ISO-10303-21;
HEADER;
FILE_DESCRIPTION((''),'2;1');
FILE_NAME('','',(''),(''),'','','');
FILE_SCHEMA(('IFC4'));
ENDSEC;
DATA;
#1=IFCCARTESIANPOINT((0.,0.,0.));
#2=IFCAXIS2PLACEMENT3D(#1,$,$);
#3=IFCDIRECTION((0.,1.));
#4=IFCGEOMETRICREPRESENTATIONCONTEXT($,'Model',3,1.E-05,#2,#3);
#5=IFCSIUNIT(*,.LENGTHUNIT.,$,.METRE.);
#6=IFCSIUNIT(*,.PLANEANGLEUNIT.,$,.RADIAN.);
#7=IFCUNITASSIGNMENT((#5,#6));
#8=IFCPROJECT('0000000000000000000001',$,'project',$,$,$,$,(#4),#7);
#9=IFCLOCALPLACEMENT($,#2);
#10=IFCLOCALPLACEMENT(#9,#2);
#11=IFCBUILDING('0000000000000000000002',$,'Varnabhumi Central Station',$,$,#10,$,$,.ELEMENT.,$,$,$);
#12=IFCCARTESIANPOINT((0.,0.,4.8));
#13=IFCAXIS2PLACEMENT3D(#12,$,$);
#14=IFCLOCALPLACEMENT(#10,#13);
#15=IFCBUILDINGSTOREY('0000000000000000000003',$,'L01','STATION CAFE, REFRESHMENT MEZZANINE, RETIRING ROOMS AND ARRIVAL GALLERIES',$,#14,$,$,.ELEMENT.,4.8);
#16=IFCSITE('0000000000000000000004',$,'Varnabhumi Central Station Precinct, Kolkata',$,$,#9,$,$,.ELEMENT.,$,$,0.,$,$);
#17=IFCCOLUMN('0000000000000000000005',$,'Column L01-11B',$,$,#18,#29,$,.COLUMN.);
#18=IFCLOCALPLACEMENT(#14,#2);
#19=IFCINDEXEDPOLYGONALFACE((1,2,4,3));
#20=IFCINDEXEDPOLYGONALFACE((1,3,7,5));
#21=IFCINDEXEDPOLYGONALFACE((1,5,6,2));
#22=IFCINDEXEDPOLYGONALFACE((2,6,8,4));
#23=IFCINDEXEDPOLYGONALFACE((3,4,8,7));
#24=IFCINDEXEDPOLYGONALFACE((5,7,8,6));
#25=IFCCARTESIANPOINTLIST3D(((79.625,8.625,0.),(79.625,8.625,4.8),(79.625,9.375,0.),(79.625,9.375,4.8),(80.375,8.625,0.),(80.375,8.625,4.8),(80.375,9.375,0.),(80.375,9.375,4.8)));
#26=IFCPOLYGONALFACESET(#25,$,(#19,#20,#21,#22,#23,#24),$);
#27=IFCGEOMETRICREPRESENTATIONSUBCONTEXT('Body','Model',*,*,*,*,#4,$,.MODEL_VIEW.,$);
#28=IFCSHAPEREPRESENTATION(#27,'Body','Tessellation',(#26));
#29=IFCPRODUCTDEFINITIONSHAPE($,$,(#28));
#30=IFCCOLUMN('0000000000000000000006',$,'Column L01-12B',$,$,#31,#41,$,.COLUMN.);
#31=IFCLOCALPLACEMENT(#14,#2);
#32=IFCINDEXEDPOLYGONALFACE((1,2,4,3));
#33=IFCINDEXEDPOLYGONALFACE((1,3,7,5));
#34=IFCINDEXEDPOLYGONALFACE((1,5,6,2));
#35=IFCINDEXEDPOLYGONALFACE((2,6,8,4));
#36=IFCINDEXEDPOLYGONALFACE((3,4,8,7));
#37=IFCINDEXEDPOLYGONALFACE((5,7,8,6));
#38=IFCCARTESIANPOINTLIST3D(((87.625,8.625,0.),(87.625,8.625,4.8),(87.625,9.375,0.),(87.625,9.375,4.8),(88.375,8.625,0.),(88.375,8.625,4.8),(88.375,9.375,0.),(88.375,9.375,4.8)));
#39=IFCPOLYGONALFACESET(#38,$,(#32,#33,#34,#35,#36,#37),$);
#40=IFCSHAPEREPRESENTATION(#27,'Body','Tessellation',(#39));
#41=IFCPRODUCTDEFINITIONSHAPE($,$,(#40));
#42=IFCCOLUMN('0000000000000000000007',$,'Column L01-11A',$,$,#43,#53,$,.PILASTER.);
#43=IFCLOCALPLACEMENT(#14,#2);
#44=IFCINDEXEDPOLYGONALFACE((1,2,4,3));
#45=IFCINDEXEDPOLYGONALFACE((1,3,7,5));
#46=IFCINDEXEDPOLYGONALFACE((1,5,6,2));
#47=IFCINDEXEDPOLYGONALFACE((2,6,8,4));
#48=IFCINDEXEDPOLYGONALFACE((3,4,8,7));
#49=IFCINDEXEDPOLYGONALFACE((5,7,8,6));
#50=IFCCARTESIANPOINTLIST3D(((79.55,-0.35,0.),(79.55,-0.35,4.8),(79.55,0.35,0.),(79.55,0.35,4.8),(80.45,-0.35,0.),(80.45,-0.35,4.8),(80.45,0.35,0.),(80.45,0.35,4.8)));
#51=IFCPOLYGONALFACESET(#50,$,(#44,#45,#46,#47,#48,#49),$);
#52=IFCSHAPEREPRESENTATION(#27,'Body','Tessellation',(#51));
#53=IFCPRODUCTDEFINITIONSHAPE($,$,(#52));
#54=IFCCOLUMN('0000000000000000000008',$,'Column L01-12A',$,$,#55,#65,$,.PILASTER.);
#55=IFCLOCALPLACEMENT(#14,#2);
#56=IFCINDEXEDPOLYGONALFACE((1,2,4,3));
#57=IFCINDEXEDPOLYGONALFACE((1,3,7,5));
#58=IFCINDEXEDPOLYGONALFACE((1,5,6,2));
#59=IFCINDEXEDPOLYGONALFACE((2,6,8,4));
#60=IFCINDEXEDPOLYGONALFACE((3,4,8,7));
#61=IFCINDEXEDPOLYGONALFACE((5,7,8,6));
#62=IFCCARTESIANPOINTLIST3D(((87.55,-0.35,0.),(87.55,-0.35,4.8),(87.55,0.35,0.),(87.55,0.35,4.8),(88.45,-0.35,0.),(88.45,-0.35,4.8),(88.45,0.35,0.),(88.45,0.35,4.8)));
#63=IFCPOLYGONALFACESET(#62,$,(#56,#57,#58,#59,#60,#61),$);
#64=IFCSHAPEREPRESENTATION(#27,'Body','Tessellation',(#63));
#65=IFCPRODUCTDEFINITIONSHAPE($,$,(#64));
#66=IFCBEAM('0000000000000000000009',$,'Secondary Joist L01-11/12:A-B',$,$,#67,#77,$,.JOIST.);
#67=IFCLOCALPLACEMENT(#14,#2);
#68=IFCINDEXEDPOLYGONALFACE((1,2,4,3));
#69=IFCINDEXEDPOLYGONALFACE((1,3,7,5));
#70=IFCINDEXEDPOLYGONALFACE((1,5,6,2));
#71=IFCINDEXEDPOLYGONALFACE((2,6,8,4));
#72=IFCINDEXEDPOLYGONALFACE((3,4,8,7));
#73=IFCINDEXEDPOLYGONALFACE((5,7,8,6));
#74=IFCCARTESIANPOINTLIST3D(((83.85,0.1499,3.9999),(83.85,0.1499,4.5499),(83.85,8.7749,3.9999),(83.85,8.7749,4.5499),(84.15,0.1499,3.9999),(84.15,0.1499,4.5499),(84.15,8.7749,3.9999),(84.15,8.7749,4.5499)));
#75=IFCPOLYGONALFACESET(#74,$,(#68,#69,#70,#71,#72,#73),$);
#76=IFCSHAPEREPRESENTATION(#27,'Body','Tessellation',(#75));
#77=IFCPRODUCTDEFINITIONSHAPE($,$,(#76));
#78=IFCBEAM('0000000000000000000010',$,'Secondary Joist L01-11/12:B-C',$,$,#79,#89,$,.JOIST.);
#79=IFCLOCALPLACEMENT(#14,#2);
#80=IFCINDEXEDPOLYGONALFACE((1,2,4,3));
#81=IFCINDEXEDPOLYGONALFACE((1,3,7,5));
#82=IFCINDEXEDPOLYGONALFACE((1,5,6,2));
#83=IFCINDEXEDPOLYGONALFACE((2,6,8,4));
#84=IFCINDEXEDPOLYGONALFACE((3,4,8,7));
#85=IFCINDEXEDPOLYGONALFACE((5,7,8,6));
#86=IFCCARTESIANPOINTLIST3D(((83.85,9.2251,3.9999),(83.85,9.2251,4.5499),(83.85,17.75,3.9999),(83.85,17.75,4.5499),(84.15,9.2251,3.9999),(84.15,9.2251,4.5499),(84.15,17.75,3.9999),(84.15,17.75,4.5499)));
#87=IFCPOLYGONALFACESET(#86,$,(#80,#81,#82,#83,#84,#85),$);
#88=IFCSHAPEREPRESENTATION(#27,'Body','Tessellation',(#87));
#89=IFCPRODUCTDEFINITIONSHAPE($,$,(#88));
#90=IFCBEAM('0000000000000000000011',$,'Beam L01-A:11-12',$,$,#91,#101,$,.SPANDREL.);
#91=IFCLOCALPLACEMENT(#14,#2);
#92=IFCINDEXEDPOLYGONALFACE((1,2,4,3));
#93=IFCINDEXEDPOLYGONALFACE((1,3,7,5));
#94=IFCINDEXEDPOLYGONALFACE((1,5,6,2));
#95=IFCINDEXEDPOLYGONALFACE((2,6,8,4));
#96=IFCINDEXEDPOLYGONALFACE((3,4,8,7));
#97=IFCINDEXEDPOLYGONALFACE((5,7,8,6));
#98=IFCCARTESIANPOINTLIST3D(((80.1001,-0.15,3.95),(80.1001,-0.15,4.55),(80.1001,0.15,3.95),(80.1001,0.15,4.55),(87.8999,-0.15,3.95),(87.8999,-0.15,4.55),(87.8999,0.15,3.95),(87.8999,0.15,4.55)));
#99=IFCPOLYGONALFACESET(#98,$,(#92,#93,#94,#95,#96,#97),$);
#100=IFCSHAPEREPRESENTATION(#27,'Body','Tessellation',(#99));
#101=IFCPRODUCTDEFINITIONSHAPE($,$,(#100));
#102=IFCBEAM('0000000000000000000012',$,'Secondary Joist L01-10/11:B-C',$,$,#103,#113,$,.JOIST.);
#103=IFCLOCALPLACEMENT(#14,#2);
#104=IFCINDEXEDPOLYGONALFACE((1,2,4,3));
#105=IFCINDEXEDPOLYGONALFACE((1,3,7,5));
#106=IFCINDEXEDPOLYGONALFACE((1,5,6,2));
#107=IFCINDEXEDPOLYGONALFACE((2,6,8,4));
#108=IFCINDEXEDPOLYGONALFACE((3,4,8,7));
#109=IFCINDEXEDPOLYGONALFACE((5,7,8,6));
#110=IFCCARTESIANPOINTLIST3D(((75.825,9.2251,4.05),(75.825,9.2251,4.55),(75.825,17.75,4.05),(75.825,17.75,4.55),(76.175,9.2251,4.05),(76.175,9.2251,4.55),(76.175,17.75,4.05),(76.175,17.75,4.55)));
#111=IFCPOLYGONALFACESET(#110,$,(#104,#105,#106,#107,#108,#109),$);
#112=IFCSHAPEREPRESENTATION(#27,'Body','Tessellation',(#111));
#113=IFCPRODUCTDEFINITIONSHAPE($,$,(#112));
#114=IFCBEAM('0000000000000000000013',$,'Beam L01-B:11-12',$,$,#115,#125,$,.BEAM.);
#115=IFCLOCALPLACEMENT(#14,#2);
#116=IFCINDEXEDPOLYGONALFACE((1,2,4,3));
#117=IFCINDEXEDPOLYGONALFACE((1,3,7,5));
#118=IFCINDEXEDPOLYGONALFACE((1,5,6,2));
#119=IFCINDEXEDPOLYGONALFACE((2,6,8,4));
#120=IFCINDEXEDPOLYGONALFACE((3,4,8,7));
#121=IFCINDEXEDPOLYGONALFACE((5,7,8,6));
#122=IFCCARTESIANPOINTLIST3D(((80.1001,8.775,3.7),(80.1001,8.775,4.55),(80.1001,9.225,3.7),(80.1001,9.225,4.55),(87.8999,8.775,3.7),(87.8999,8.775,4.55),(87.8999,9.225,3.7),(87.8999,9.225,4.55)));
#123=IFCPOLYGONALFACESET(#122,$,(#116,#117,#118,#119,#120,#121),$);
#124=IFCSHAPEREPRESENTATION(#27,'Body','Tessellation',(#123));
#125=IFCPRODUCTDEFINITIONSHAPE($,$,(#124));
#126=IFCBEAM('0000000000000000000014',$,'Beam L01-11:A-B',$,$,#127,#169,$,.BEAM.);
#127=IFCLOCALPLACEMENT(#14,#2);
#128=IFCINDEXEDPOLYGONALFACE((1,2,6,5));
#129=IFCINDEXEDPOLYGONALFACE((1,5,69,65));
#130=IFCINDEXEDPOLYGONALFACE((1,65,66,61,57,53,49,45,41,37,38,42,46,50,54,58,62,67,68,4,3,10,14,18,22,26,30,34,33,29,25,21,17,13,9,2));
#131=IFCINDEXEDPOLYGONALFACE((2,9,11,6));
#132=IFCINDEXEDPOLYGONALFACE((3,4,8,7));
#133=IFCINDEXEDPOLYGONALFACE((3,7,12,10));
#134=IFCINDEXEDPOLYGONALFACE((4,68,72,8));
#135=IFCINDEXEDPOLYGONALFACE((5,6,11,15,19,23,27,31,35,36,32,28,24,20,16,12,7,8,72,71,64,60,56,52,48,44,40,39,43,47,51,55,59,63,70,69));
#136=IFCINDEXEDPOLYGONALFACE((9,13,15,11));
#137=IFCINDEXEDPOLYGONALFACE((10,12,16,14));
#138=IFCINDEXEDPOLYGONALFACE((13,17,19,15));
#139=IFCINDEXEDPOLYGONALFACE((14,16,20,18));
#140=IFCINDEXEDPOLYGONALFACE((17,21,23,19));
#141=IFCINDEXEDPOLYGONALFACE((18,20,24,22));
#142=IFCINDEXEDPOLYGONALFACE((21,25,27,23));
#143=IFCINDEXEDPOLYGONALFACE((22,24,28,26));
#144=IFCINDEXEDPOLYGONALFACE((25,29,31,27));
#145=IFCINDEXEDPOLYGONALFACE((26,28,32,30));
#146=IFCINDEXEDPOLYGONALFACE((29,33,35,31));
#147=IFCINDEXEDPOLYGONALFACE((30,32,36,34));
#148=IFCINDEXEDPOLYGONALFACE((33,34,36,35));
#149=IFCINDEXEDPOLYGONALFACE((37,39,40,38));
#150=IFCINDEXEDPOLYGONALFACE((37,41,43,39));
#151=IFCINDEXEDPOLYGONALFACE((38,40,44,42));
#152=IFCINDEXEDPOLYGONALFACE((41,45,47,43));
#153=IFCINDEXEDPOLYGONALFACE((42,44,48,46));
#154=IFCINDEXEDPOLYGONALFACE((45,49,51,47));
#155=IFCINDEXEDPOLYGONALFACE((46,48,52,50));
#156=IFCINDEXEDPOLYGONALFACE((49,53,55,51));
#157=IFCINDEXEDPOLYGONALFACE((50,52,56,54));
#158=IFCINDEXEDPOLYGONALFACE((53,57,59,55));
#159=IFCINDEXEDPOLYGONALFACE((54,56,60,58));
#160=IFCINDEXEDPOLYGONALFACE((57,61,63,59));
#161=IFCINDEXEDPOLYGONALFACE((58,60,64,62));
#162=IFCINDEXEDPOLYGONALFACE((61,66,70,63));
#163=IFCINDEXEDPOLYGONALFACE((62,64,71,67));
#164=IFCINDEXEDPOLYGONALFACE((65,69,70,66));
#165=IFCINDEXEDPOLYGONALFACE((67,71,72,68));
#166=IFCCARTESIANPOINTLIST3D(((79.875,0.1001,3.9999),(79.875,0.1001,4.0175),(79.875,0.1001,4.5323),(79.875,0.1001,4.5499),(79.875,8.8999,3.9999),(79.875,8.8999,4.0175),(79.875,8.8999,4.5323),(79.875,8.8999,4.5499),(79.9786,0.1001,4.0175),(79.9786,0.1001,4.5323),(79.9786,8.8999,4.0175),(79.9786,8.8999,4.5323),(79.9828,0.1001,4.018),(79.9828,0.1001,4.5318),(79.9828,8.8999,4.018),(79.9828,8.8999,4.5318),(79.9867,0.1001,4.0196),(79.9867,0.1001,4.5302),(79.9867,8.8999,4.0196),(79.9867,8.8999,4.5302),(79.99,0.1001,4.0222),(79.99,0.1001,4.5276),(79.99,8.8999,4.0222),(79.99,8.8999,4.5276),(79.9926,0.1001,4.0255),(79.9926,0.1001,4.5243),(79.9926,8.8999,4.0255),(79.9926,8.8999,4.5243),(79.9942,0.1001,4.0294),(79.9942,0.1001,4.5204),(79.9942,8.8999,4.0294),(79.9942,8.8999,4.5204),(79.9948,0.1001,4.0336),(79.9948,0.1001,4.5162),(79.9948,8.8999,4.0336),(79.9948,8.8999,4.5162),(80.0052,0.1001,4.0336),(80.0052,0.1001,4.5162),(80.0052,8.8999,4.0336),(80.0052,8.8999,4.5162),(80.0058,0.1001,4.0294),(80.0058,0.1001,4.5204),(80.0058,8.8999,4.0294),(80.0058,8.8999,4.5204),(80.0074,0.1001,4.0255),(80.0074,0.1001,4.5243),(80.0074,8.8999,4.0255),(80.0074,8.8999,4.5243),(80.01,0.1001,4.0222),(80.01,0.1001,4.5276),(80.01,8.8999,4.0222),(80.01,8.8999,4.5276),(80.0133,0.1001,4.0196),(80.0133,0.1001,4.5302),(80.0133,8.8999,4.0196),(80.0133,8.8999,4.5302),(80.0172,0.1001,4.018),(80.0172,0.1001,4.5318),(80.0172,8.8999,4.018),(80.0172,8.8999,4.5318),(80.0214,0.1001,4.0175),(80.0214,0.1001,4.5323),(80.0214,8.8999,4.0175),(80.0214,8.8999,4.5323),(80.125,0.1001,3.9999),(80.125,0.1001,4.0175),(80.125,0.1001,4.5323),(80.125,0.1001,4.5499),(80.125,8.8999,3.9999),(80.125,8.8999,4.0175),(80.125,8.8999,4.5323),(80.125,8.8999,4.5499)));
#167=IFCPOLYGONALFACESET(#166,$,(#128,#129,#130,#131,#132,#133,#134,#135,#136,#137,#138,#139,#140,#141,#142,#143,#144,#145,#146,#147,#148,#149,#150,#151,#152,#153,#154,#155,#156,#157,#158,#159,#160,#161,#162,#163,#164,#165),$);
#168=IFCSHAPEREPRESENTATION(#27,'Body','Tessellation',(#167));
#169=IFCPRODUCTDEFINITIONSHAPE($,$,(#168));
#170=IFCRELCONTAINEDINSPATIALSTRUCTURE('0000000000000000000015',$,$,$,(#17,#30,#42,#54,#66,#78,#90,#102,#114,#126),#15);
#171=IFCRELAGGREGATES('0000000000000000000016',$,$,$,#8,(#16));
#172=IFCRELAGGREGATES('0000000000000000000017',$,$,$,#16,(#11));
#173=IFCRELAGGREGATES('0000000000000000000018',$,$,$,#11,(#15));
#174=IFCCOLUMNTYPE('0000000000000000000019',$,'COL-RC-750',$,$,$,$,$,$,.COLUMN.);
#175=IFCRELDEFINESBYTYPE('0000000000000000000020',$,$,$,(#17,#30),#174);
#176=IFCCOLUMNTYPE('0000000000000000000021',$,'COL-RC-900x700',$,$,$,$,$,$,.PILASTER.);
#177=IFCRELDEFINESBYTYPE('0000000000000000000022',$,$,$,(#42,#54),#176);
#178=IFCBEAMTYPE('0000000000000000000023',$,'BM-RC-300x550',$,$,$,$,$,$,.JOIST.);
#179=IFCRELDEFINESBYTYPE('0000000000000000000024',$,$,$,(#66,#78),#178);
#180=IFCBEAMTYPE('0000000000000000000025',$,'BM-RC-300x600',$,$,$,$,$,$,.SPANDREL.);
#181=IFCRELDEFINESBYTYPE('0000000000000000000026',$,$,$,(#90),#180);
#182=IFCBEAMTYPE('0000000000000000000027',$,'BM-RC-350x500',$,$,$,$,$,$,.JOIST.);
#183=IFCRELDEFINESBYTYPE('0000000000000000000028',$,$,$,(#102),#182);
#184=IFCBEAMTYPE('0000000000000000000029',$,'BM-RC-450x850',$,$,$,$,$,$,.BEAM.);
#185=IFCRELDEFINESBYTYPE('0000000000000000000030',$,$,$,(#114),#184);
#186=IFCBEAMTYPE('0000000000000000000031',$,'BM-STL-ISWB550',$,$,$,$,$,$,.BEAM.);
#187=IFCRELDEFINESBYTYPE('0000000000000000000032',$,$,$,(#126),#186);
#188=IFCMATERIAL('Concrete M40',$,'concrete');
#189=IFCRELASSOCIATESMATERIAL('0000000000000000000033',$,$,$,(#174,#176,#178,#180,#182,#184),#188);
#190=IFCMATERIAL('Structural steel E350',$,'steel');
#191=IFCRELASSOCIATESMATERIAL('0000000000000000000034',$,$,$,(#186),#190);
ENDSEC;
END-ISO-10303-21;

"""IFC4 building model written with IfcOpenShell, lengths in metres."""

from ifc_helpers import new_model, si_unit, direction, frame, origin, origin_2d, place, context, subcontext, project, spatial, rectangle, i_section, extrude, material, material_profile, profile_set, type_object, element, save


model = new_model("IFC4")

# Units and contexts
model_context = context("Model", 3, precision=1e-05, world=origin(), true_north=direction((0.0, 1.0)))
body_context = subcontext(model_context, "Body", "Model", "MODEL_VIEW")
ifc_project = project(units=[si_unit("LENGTHUNIT", "METRE"), si_unit("PLANEANGLEUNIT", "RADIAN")], contexts=[model_context])

# Site, building, storey
site_placement = place(None, origin())
site = spatial("IfcSite", under=ifc_project, at=site_placement, Name="Varnabhumi Central Station Precinct, Kolkata", CompositionType="ELEMENT", RefElevation=0.0)
building_placement = place(site_placement, origin())
building = spatial("IfcBuilding", under=site, at=building_placement, Name="Varnabhumi Central Station", CompositionType="ELEMENT")
storey_placement = place(building_placement, frame((0.0, 0.0, 4.8)))
storey = spatial("IfcBuildingStorey", under=building, at=storey_placement, Name="L01", Description="STATION CAFE, REFRESHMENT MEZZANINE, RETIRING ROOMS AND ARRIVAL GALLERIES", CompositionType="ELEMENT", Elevation=4.8)

# Columns
ifc_material_1 = material(Name="Concrete M40", Category="concrete")
ifc_material_profile_1 = material_profile(ifc_material_1, rectangle(XDim=0.75, YDim=0.75, at=origin_2d()), Name="Concrete M40", Category="concrete")
ifc_profile_set_1 = profile_set([ifc_material_profile_1], Name="Concrete M40")
column_type_1 = type_object("IfcColumnType", Name="COL-RC-750", PredefinedType="COLUMN", material=ifc_profile_set_1)
for number, where, z_axis, x_axis, name in (
    (1, (80.0, 9.0, 0.0), (0.0, 0.0, 1.0), (1.0, 0.0, 0.0), "Column L01-11B"),
    (2, (88.0, 9.0, 0.0), (0.0, 0.0, 1.0), (1.0, 0.0, 0.0), "Column L01-12B"),
):
    element("IfcColumn", number, at=place(storey_placement, frame(where, z_axis=z_axis, x_axis=x_axis)), inside=storey, type_object=column_type_1, Name=name, PredefinedType="COLUMN", context=body_context, shape_type="SweptSolid", body=[
        extrude(rectangle(XDim=0.75, YDim=0.75, at=origin_2d()), origin(), (0.0, 0.0, 1.0), 4.8),
    ])
ifc_material_profile_2 = material_profile(ifc_material_1, rectangle(XDim=0.8999, YDim=0.7, at=origin_2d()), Name="Concrete M40", Category="concrete")
ifc_profile_set_2 = profile_set([ifc_material_profile_2], Name="Concrete M40")
column_type_2 = type_object("IfcColumnType", Name="COL-RC-900x700", PredefinedType="PILASTER", material=ifc_profile_set_2)
for number, where, z_axis, x_axis, name in (
    (3, (80.0, 0.0, 0.0), (0.0, 0.0, 1.0), (1.0, 0.0, 0.0), "Column L01-11A"),
    (4, (88.0, 0.0, 0.0), (0.0, 0.0, 1.0), (1.0, 0.0, 0.0), "Column L01-12A"),
):
    element("IfcColumn", number, at=place(storey_placement, frame(where, z_axis=z_axis, x_axis=x_axis)), inside=storey, type_object=column_type_2, Name=name, PredefinedType="PILASTER", context=body_context, shape_type="SweptSolid", body=[
        extrude(rectangle(XDim=0.8999, YDim=0.7, at=origin_2d()), origin(), (0.0, 0.0, 1.0), 4.8),
    ])

# Beams
ifc_material_profile_3 = material_profile(ifc_material_1, rectangle(XDim=0.3, YDim=0.55, at=origin_2d()), Name="Concrete M40", Category="concrete")
ifc_profile_set_3 = profile_set([ifc_material_profile_3], Name="Concrete M40")
beam_type_1 = type_object("IfcBeamType", Name="BM-RC-300x550", PredefinedType="JOIST", material=ifc_profile_set_3)
beam_1_placement = place(storey_placement, frame((84.0, 0.1499, 4.2749), z_axis=(0.0, 1.0, 0.0), x_axis=(-1.0, 0.0, 0.0)))
element("IfcBeam", 5, at=beam_1_placement, inside=storey, type_object=beam_type_1, Name="Secondary Joist L01-11/12:A-B", PredefinedType="JOIST", context=body_context, shape_type="SweptSolid", body=[
    extrude(rectangle(XDim=0.3, YDim=0.55, at=origin_2d()), origin(), (0.0, 0.0, 1.0), 8.625),
])
beam_2_placement = place(storey_placement, frame((84.0, 9.2251, 4.2749), z_axis=(0.0, 1.0, 0.0), x_axis=(-1.0, 0.0, 0.0)))
element("IfcBeam", 6, at=beam_2_placement, inside=storey, type_object=beam_type_1, Name="Secondary Joist L01-11/12:B-C", PredefinedType="JOIST", context=body_context, shape_type="SweptSolid", body=[
    extrude(rectangle(XDim=0.3, YDim=0.55, at=origin_2d()), origin(), (0.0, 0.0, 1.0), 8.5249),
])
ifc_material_profile_4 = material_profile(ifc_material_1, rectangle(XDim=0.3, YDim=0.6001, at=origin_2d()), Name="Concrete M40", Category="concrete")
ifc_profile_set_4 = profile_set([ifc_material_profile_4], Name="Concrete M40")
beam_type_2 = type_object("IfcBeamType", Name="BM-RC-300x600", PredefinedType="SPANDREL", material=ifc_profile_set_4)
beam_3_placement = place(storey_placement, frame((80.1001, 0.0, 4.25), z_axis=(1.0, 0.0, 0.0), x_axis=(0.0, 1.0, 0.0)))
element("IfcBeam", 7, at=beam_3_placement, inside=storey, type_object=beam_type_2, Name="Beam L01-A:11-12", PredefinedType="SPANDREL", context=body_context, shape_type="SweptSolid", body=[
    extrude(rectangle(XDim=0.3, YDim=0.6001, at=origin_2d()), origin(), (0.0, 0.0, 1.0), 7.7998),
])
ifc_material_profile_5 = material_profile(ifc_material_1, rectangle(XDim=0.3501, YDim=0.5, at=origin_2d()), Name="Concrete M40", Category="concrete")
ifc_profile_set_5 = profile_set([ifc_material_profile_5], Name="Concrete M40")
beam_type_3 = type_object("IfcBeamType", Name="BM-RC-350x500", PredefinedType="JOIST", material=ifc_profile_set_5)
beam_4_placement = place(storey_placement, frame((76.0, 9.2251, 4.3), z_axis=(0.0, 1.0, 0.0), x_axis=(-1.0, 0.0, 0.0)))
element("IfcBeam", 8, at=beam_4_placement, inside=storey, type_object=beam_type_3, Name="Secondary Joist L01-10/11:B-C", PredefinedType="JOIST", context=body_context, shape_type="SweptSolid", body=[
    extrude(rectangle(XDim=0.3501, YDim=0.5, at=origin_2d()), origin(), (0.0, 0.0, 1.0), 8.5249),
])
ifc_material_profile_6 = material_profile(ifc_material_1, rectangle(XDim=0.45, YDim=0.8501, at=origin_2d()), Name="Concrete M40", Category="concrete")
ifc_profile_set_6 = profile_set([ifc_material_profile_6], Name="Concrete M40")
beam_type_4 = type_object("IfcBeamType", Name="BM-RC-450x850", PredefinedType="BEAM", material=ifc_profile_set_6)
beam_5_placement = place(storey_placement, frame((80.1001, 9.0, 4.125), z_axis=(1.0, 0.0, 0.0), x_axis=(0.0, 1.0, 0.0)))
element("IfcBeam", 9, at=beam_5_placement, inside=storey, type_object=beam_type_4, Name="Beam L01-B:11-12", PredefinedType="BEAM", context=body_context, shape_type="SweptSolid", body=[
    extrude(rectangle(XDim=0.45, YDim=0.8501, at=origin_2d()), origin(), (0.0, 0.0, 1.0), 7.7998),
])
ifc_material_2 = material(Name="Structural steel E350", Category="steel")
ifc_material_profile_7 = material_profile(ifc_material_2, i_section(OverallWidth=0.25, OverallDepth=0.55, WebThickness=0.0105, FlangeThickness=0.0176, FilletRadius=0.0161, at=origin_2d()), Name="Structural steel E350", Category="steel")
ifc_profile_set_7 = profile_set([ifc_material_profile_7], Name="Structural steel E350")
beam_type_5 = type_object("IfcBeamType", Name="BM-STL-ISWB550", PredefinedType="BEAM", material=ifc_profile_set_7)
for number, where, z_axis, x_axis, name in (
    (10, (80.0, 0.1001, 4.2749), (0.0, 1.0, 0.0), (-1.0, 0.0, 0.0), "Beam L01-11:A-B"),
):
    element("IfcBeam", number, at=place(storey_placement, frame(where, z_axis=z_axis, x_axis=x_axis)), inside=storey, type_object=beam_type_5, Name=name, PredefinedType="BEAM", context=body_context, shape_type="SweptSolid", body=[
        extrude(i_section(OverallWidth=0.25, OverallDepth=0.55, WebThickness=0.0105, FlangeThickness=0.0176, FilletRadius=0.0161, at=origin_2d()), origin(), (0.0, 0.0, 1.0), 8.7998),
    ])

save(model, "model.ifc")
